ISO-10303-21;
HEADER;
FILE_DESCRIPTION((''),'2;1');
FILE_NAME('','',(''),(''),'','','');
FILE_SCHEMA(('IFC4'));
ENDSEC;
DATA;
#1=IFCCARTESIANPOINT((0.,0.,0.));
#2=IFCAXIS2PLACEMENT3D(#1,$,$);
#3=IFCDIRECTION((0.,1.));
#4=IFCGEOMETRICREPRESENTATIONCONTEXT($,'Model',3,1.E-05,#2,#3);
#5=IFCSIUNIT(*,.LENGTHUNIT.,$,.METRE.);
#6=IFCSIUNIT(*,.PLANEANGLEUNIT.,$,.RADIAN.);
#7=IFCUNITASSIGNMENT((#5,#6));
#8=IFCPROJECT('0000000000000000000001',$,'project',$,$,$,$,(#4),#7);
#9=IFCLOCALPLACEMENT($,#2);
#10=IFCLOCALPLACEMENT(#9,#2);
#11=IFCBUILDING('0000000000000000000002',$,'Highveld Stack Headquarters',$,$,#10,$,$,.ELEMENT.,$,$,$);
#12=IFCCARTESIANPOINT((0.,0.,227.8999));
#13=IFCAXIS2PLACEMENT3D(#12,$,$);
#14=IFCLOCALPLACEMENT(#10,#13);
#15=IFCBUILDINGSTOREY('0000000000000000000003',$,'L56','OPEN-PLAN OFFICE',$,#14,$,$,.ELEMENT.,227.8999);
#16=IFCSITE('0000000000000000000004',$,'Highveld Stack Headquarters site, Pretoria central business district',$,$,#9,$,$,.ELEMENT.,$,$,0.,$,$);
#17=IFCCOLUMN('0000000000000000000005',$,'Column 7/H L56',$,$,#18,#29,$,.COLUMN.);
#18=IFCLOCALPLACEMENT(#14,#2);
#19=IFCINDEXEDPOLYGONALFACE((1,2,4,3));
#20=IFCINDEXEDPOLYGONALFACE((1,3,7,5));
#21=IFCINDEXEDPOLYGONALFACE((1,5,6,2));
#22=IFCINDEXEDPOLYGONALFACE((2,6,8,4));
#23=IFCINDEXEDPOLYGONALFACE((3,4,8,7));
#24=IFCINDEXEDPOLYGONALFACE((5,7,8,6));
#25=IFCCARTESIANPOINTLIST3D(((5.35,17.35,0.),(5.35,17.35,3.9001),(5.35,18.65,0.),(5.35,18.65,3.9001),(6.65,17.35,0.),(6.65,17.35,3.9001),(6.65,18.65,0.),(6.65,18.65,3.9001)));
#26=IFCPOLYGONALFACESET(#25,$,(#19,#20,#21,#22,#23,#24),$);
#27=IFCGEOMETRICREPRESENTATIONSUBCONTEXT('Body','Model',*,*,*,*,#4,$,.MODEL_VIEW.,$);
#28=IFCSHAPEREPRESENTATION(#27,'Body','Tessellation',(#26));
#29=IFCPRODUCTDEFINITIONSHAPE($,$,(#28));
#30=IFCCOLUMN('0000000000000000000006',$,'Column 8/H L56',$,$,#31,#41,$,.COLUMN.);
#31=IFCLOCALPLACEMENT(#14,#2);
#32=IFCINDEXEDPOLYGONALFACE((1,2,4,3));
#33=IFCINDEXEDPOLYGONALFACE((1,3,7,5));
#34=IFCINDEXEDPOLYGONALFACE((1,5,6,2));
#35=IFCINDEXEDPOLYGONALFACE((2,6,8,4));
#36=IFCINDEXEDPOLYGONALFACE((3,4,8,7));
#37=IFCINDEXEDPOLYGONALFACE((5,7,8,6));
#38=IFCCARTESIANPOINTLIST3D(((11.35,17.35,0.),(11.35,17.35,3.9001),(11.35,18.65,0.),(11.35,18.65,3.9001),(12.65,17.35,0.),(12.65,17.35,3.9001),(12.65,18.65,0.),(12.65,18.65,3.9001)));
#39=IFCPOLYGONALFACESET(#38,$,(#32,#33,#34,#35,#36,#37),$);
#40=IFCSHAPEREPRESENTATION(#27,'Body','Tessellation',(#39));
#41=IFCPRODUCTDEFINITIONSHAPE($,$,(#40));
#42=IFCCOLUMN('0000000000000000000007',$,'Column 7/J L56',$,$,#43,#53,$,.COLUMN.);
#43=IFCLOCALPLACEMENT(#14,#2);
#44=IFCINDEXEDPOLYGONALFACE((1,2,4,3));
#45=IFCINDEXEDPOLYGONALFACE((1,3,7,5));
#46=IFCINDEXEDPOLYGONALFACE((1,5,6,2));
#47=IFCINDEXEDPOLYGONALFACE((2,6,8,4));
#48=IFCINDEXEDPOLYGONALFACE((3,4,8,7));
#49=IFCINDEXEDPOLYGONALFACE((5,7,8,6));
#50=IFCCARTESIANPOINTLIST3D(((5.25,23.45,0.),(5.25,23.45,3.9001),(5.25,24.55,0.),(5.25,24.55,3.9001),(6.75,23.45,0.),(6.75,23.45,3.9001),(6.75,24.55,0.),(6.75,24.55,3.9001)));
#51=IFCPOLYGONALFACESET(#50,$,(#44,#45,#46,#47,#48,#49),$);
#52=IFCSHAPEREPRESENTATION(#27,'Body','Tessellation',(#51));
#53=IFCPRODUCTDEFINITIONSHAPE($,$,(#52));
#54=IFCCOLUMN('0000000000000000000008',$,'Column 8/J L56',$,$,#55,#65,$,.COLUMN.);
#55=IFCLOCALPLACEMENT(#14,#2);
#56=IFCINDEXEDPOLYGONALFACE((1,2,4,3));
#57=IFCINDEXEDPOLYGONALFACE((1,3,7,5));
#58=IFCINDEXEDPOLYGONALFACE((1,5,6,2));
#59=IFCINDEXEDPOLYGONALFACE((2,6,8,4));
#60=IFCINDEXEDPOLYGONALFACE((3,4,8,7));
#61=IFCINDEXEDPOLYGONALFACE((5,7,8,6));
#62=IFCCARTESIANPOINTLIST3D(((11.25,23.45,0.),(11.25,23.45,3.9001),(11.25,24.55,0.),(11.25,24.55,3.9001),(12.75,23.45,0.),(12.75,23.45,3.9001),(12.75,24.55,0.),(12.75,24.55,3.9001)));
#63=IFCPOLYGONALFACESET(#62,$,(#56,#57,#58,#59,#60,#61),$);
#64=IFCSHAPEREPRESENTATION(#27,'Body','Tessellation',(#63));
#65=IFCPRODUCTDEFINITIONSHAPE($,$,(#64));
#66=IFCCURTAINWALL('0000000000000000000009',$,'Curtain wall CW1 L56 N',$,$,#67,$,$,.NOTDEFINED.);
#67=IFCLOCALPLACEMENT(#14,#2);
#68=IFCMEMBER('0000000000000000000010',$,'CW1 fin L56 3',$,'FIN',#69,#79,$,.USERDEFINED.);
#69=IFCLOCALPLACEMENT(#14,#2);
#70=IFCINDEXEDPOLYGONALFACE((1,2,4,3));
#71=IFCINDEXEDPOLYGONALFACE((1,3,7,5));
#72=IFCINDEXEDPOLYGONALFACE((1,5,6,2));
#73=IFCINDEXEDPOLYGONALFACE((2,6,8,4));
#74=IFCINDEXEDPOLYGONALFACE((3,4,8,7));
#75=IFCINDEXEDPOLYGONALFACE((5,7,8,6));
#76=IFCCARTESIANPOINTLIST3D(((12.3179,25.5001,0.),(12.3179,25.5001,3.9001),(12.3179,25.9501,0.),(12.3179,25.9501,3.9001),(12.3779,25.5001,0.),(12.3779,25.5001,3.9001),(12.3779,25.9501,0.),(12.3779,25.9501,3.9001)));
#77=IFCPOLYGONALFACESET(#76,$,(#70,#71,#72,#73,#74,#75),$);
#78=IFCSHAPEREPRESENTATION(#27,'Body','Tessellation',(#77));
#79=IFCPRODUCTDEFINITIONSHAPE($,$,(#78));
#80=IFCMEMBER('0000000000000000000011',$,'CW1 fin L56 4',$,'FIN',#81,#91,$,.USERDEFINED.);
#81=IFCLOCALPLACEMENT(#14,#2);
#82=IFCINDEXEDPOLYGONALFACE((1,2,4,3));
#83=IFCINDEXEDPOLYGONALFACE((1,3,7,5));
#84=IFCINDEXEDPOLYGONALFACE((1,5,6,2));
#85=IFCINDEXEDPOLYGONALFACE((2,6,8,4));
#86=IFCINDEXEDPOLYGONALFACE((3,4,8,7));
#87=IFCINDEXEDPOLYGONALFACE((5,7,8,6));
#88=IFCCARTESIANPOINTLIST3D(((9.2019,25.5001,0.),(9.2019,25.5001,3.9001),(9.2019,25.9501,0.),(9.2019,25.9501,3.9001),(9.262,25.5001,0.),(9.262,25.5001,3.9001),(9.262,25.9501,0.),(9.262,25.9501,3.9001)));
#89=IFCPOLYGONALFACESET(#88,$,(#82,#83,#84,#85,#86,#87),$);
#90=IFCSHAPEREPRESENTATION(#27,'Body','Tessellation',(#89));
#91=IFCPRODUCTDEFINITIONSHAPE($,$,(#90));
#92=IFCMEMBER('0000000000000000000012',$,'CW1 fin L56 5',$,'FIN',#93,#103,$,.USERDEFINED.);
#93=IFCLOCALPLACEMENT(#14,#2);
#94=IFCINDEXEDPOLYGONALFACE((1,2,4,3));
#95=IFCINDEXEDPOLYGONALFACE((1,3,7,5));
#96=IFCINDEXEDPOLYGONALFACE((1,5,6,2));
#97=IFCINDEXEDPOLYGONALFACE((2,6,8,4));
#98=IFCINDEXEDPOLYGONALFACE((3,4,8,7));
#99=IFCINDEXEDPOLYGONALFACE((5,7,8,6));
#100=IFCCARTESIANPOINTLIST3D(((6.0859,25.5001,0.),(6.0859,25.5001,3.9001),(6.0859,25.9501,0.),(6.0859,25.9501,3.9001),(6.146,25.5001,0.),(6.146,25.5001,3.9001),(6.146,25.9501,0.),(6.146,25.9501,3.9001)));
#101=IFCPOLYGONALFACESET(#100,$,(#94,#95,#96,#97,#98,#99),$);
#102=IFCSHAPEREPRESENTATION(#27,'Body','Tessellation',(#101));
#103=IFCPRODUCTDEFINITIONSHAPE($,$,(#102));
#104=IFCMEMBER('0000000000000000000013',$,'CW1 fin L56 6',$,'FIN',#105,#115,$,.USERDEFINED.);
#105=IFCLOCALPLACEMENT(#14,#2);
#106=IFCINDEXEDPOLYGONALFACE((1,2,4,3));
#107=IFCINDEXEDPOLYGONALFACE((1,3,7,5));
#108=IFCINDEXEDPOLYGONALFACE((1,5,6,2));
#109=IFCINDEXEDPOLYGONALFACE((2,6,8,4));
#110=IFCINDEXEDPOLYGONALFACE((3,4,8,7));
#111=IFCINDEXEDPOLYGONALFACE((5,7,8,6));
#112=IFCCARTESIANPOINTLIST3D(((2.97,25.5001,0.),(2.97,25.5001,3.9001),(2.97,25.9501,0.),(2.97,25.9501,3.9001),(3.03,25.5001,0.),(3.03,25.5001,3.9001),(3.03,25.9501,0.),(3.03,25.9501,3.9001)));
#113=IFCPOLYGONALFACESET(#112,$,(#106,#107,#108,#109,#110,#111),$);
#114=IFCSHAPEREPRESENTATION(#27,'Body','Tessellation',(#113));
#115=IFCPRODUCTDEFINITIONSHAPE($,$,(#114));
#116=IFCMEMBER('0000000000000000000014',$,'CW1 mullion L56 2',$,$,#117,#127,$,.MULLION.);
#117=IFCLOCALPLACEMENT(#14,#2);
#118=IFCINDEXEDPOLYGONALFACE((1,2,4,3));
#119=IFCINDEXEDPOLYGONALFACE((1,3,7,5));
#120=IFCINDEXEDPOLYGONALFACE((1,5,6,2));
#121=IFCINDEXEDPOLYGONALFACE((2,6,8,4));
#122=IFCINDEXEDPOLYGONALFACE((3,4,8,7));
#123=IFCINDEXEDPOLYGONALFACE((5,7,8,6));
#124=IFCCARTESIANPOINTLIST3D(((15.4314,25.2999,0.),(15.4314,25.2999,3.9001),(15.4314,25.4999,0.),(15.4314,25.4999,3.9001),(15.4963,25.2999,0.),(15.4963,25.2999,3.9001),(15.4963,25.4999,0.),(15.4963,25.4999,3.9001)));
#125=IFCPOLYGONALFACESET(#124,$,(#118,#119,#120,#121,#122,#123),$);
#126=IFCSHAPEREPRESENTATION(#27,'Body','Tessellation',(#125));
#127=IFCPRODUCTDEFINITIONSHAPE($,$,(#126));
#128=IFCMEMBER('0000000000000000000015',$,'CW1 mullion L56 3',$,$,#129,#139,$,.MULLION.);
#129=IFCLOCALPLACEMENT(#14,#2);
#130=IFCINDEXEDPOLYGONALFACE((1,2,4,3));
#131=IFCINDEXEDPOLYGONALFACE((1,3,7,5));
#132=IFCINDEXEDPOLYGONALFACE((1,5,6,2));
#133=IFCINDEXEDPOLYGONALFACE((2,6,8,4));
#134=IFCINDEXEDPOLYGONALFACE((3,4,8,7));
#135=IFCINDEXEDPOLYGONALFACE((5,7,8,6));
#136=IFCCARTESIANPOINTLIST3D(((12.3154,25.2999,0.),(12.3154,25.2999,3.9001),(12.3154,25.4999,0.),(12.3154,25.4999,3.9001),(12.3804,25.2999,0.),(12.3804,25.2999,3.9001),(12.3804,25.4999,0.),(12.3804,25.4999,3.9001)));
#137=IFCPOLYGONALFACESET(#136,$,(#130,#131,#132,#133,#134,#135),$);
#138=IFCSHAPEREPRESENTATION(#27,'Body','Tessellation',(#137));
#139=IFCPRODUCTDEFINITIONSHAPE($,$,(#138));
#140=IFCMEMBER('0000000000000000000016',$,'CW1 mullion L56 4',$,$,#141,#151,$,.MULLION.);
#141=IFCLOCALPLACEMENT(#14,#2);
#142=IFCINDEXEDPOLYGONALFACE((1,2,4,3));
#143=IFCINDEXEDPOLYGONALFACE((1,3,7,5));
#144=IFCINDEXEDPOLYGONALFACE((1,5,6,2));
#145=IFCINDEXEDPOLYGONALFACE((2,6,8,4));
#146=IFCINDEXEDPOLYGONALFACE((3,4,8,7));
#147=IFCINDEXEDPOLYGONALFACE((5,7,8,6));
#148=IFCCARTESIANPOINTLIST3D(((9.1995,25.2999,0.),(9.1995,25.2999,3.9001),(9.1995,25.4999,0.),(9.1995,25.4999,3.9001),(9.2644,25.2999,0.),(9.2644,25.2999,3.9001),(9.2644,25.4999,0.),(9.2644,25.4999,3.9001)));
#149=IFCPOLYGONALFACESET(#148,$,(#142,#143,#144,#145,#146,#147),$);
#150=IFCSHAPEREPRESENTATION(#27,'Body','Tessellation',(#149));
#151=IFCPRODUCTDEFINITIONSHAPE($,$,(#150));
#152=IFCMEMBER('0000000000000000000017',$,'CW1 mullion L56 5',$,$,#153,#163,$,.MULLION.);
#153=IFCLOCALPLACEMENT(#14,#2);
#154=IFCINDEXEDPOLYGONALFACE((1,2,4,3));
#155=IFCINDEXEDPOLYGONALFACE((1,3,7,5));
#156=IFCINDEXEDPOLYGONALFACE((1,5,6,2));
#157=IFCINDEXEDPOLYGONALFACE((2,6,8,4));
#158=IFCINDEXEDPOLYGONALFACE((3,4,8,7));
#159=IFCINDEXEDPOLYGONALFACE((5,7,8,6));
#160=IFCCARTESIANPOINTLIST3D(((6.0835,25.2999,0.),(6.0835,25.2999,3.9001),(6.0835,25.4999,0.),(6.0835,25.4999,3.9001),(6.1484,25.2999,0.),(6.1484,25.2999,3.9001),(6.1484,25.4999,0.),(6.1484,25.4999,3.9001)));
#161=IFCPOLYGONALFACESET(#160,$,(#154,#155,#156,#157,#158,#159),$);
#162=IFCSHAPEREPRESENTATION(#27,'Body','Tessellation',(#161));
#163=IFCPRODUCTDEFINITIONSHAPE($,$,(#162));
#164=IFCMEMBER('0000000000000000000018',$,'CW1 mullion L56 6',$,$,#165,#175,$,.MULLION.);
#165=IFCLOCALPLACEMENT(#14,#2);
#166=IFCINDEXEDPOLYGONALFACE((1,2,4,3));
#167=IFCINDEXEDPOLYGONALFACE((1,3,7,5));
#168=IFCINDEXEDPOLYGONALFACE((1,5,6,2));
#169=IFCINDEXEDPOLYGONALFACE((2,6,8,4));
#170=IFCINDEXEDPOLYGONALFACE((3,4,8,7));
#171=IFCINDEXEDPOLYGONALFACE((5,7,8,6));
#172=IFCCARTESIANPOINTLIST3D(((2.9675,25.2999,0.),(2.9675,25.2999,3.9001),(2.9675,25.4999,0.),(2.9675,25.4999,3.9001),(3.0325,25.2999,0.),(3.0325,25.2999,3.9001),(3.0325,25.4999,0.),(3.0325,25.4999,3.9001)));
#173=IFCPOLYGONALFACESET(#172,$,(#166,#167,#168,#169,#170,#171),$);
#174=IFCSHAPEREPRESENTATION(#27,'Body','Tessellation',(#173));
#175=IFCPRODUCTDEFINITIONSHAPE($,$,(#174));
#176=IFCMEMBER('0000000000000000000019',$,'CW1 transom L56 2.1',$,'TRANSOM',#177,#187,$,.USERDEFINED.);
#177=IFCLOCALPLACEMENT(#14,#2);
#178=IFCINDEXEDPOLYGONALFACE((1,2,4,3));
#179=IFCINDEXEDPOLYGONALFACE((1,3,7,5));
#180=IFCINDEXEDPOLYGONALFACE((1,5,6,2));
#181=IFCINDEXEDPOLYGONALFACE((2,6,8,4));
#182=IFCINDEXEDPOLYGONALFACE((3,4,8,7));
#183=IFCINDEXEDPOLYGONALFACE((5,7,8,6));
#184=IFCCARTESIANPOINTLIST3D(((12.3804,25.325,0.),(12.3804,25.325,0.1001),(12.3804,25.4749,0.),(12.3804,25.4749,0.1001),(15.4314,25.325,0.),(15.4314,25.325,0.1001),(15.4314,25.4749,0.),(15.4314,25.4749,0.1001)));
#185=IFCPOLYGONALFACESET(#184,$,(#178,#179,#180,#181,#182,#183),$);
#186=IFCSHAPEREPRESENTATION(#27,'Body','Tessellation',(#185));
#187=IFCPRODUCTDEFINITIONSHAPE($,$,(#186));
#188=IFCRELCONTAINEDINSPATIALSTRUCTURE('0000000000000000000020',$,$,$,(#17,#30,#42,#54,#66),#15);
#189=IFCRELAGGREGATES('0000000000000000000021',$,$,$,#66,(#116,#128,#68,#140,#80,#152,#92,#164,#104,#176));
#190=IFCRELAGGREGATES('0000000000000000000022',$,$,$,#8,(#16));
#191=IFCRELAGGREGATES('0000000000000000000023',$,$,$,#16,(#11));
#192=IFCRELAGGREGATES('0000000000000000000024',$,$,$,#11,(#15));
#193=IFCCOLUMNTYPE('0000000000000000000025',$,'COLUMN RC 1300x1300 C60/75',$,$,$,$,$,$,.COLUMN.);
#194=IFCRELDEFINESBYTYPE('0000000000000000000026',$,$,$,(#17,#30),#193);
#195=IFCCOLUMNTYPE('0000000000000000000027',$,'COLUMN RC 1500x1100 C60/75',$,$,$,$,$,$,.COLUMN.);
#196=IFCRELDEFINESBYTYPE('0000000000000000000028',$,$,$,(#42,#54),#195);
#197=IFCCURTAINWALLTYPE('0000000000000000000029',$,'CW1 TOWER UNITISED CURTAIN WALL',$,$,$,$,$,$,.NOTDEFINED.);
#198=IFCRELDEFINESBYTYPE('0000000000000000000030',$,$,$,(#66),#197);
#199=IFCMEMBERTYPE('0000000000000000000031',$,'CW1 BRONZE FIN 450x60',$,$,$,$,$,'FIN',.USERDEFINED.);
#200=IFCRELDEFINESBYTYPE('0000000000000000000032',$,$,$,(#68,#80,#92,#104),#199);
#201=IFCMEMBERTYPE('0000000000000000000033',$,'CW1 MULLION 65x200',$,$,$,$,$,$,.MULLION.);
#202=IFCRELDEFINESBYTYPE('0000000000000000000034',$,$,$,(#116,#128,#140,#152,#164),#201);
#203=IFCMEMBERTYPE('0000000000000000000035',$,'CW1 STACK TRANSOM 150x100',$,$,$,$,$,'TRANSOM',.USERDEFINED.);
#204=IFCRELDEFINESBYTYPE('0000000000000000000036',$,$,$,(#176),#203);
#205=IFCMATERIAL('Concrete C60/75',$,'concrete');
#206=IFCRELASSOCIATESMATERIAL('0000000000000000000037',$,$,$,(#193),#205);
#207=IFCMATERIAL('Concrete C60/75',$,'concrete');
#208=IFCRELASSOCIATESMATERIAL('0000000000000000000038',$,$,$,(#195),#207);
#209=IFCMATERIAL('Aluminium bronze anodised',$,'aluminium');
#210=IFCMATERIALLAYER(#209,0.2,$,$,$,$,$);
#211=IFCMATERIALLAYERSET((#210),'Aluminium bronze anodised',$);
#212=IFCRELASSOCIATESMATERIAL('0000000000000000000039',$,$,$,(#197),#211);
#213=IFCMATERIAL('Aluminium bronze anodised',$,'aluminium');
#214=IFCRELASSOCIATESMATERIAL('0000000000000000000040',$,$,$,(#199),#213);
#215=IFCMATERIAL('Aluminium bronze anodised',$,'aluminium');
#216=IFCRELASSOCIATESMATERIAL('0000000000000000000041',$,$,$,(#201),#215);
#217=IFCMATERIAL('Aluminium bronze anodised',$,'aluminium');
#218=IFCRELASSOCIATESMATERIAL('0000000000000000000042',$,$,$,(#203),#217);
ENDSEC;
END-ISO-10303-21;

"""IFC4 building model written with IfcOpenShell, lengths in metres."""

from ifc_helpers import new_model, si_unit, direction, frame, origin, origin_2d, place, context, subcontext, project, spatial, rectangle, extrude, material, layer, layer_set, material_profile, profile_set, type_object, element, aggregate, save


model = new_model("IFC4")

# Units and contexts
model_context = context("Model", 3, precision=1e-05, world=origin(), true_north=direction((0.0, 1.0)))
body_context = subcontext(model_context, "Body", "Model", "MODEL_VIEW")
ifc_project = project(units=[si_unit("LENGTHUNIT", "METRE"), si_unit("PLANEANGLEUNIT", "RADIAN")], contexts=[model_context])

# Site, building, storey
site_placement = place(None, origin())
site = spatial("IfcSite", under=ifc_project, at=site_placement, Name="Highveld Stack Headquarters site, Pretoria central business district", CompositionType="ELEMENT", RefElevation=0.0)
building_placement = place(site_placement, origin())
building = spatial("IfcBuilding", under=site, at=building_placement, Name="Highveld Stack Headquarters", CompositionType="ELEMENT")
storey_placement = place(building_placement, frame((0.0, 0.0, 227.8999)))
storey = spatial("IfcBuildingStorey", under=building, at=storey_placement, Name="L56", Description="OPEN-PLAN OFFICE", CompositionType="ELEMENT", Elevation=227.8999)

# Columns
ifc_material_1 = material(Name="Concrete C60/75", Category="concrete")
ifc_material_profile_1 = material_profile(ifc_material_1, rectangle(XDim=1.3, YDim=1.3, at=origin_2d()), Name="RC 1300x1300")
ifc_profile_set_1 = profile_set([ifc_material_profile_1], Name="Concrete C60/75")
column_type_1 = type_object("IfcColumnType", Name="COLUMN RC 1300x1300 C60/75", PredefinedType="COLUMN", material=ifc_profile_set_1)
for number, where, z_axis, x_axis, name in (
    (1, (6.0, 18.0, 0.0), (0.0, 0.0, 1.0), (1.0, 0.0, 0.0), "Column 7/H L56"),
    (2, (12.0, 18.0, 0.0), (0.0, 0.0, 1.0), (1.0, 0.0, 0.0), "Column 8/H L56"),
):
    element("IfcColumn", number, at=place(storey_placement, frame(where, z_axis=z_axis, x_axis=x_axis)), inside=storey, type_object=column_type_1, Name=name, PredefinedType="COLUMN", context=body_context, shape_type="SweptSolid", body=[
        extrude(rectangle(XDim=1.3, YDim=1.3, at=origin_2d()), origin(), (0.0, 0.0, 1.0), 3.9001),
    ])
ifc_material_2 = material(Name="Concrete C60/75", Category="concrete")
ifc_material_profile_2 = material_profile(ifc_material_2, rectangle(XDim=1.5, YDim=1.1001, at=origin_2d()), Name="RC 1500x1100")
ifc_profile_set_2 = profile_set([ifc_material_profile_2], Name="Concrete C60/75")
column_type_2 = type_object("IfcColumnType", Name="COLUMN RC 1500x1100 C60/75", PredefinedType="COLUMN", material=ifc_profile_set_2)
for number, where, z_axis, x_axis, name in (
    (3, (6.0, 24.0, 0.0), (0.0, 0.0, 1.0), (1.0, 0.0, 0.0), "Column 7/J L56"),
    (4, (12.0, 24.0, 0.0), (0.0, 0.0, 1.0), (1.0, 0.0, 0.0), "Column 8/J L56"),
):
    element("IfcColumn", number, at=place(storey_placement, frame(where, z_axis=z_axis, x_axis=x_axis)), inside=storey, type_object=column_type_2, Name=name, PredefinedType="COLUMN", context=body_context, shape_type="SweptSolid", body=[
        extrude(rectangle(XDim=1.5, YDim=1.1001, at=origin_2d()), origin(), (0.0, 0.0, 1.0), 3.9001),
    ])

# Curtain wall, members
ifc_material_3 = material(Name="Aluminium bronze anodised", Category="aluminium")
ifc_layer_1 = layer(ifc_material_3, 0.2)
ifc_layer_set_1 = layer_set([ifc_layer_1], Name="Aluminium bronze anodised")
curtain_wall_type = type_object("IfcCurtainWallType", Name="CW1 TOWER UNITISED CURTAIN WALL", PredefinedType="NOTDEFINED", material=ifc_layer_set_1)
curtain_wall_placement = place(storey_placement, origin())
curtain_wall = element("IfcCurtainWall", 5, at=curtain_wall_placement, inside=storey, type_object=curtain_wall_type, Name="Curtain wall CW1 L56 N", PredefinedType="NOTDEFINED")
ifc_material_4 = material(Name="Aluminium bronze anodised", Category="aluminium")
ifc_material_profile_3 = material_profile(ifc_material_4, rectangle(XDim=0.45, YDim=0.0601, at=origin_2d()), Name="FIN 450x60")
ifc_profile_set_3 = profile_set([ifc_material_profile_3], Name="Aluminium bronze anodised")
member_type_1 = type_object("IfcMemberType", Name="CW1 BRONZE FIN 450x60", ElementType="FIN", PredefinedType="USERDEFINED", material=ifc_profile_set_3)
member_1_placement = place(storey_placement, frame((12.3479, 25.7251, 0.0), z_axis=(0.0, 0.0, 1.0), x_axis=(0.0, -1.0, 0.0)))
member_1 = element("IfcMember", 6, at=member_1_placement, type_object=member_type_1, Name="CW1 fin L56 3", ObjectType="FIN", PredefinedType="USERDEFINED", context=body_context, shape_type="SweptSolid", body=[
    extrude(rectangle(XDim=0.45, YDim=0.0601, at=origin_2d()), origin(), (0.0, 0.0, 1.0), 3.9001),
])
member_2_placement = place(storey_placement, frame((9.2319, 25.7251, 0.0), z_axis=(0.0, 0.0, 1.0), x_axis=(0.0, -1.0, 0.0)))
member_2 = element("IfcMember", 7, at=member_2_placement, type_object=member_type_1, Name="CW1 fin L56 4", ObjectType="FIN", PredefinedType="USERDEFINED", context=body_context, shape_type="SweptSolid", body=[
    extrude(rectangle(XDim=0.45, YDim=0.0601, at=origin_2d()), origin(), (0.0, 0.0, 1.0), 3.9001),
])
member_3_placement = place(storey_placement, frame((6.116, 25.7251, 0.0), z_axis=(0.0, 0.0, 1.0), x_axis=(0.0, -1.0, 0.0)))
member_3 = element("IfcMember", 8, at=member_3_placement, type_object=member_type_1, Name="CW1 fin L56 5", ObjectType="FIN", PredefinedType="USERDEFINED", context=body_context, shape_type="SweptSolid", body=[
    extrude(rectangle(XDim=0.45, YDim=0.0601, at=origin_2d()), origin(), (0.0, 0.0, 1.0), 3.9001),
])
member_4_placement = place(storey_placement, frame((3.0, 25.7251, 0.0), z_axis=(0.0, 0.0, 1.0), x_axis=(0.0, -1.0, 0.0)))
member_4 = element("IfcMember", 9, at=member_4_placement, type_object=member_type_1, Name="CW1 fin L56 6", ObjectType="FIN", PredefinedType="USERDEFINED", context=body_context, shape_type="SweptSolid", body=[
    extrude(rectangle(XDim=0.45, YDim=0.0601, at=origin_2d()), origin(), (0.0, 0.0, 1.0), 3.9001),
])
ifc_material_5 = material(Name="Aluminium bronze anodised", Category="aluminium")
ifc_material_profile_4 = material_profile(ifc_material_5, rectangle(XDim=0.2, YDim=0.0649, at=origin_2d()), Name="CW1 MULLION 65x200")
ifc_profile_set_4 = profile_set([ifc_material_profile_4], Name="Aluminium bronze anodised")
member_type_2 = type_object("IfcMemberType", Name="CW1 MULLION 65x200", PredefinedType="MULLION", material=ifc_profile_set_4)
member_5_placement = place(storey_placement, frame((15.4639, 25.3999, 0.0), z_axis=(0.0, 0.0, 1.0), x_axis=(0.0, -1.0, 0.0)))
member_5 = element("IfcMember", 10, at=member_5_placement, type_object=member_type_2, Name="CW1 mullion L56 2", PredefinedType="MULLION", context=body_context, shape_type="SweptSolid", body=[
    extrude(rectangle(XDim=0.2, YDim=0.0649, at=origin_2d()), origin(), (0.0, 0.0, 1.0), 3.9001),
])
member_6_placement = place(storey_placement, frame((12.3479, 25.3999, 0.0), z_axis=(0.0, 0.0, 1.0), x_axis=(0.0, -1.0, 0.0)))
member_6 = element("IfcMember", 11, at=member_6_placement, type_object=member_type_2, Name="CW1 mullion L56 3", PredefinedType="MULLION", context=body_context, shape_type="SweptSolid", body=[
    extrude(rectangle(XDim=0.2, YDim=0.0649, at=origin_2d()), origin(), (0.0, 0.0, 1.0), 3.9001),
])
member_7_placement = place(storey_placement, frame((9.2319, 25.3999, 0.0), z_axis=(0.0, 0.0, 1.0), x_axis=(0.0, -1.0, 0.0)))
member_7 = element("IfcMember", 12, at=member_7_placement, type_object=member_type_2, Name="CW1 mullion L56 4", PredefinedType="MULLION", context=body_context, shape_type="SweptSolid", body=[
    extrude(rectangle(XDim=0.2, YDim=0.0649, at=origin_2d()), origin(), (0.0, 0.0, 1.0), 3.9001),
])
member_8_placement = place(storey_placement, frame((6.116, 25.3999, 0.0), z_axis=(0.0, 0.0, 1.0), x_axis=(0.0, -1.0, 0.0)))
member_8 = element("IfcMember", 13, at=member_8_placement, type_object=member_type_2, Name="CW1 mullion L56 5", PredefinedType="MULLION", context=body_context, shape_type="SweptSolid", body=[
    extrude(rectangle(XDim=0.2, YDim=0.0649, at=origin_2d()), origin(), (0.0, 0.0, 1.0), 3.9001),
])
member_9_placement = place(storey_placement, frame((3.0, 25.3999, 0.0), z_axis=(0.0, 0.0, 1.0), x_axis=(0.0, -1.0, 0.0)))
member_9 = element("IfcMember", 14, at=member_9_placement, type_object=member_type_2, Name="CW1 mullion L56 6", PredefinedType="MULLION", context=body_context, shape_type="SweptSolid", body=[
    extrude(rectangle(XDim=0.2, YDim=0.0649, at=origin_2d()), origin(), (0.0, 0.0, 1.0), 3.9001),
])
ifc_material_6 = material(Name="Aluminium bronze anodised", Category="aluminium")
ifc_material_profile_5 = material_profile(ifc_material_6, rectangle(XDim=0.1499, YDim=0.1001, at=origin_2d()), Name="CW1 TRANSOM 150x100")
ifc_profile_set_5 = profile_set([ifc_material_profile_5], Name="Aluminium bronze anodised")
member_type_3 = type_object("IfcMemberType", Name="CW1 STACK TRANSOM 150x100", ElementType="TRANSOM", PredefinedType="USERDEFINED", material=ifc_profile_set_5)
member_10_placement = place(storey_placement, frame((15.4314, 25.3999, 0.05), z_axis=(-1.0, 0.0, 0.0), x_axis=(0.0, -1.0, 0.0)))
member_10 = element("IfcMember", 15, at=member_10_placement, type_object=member_type_3, Name="CW1 transom L56 2.1", ObjectType="TRANSOM", PredefinedType="USERDEFINED", context=body_context, shape_type="SweptSolid", body=[
    extrude(rectangle(XDim=0.1499, YDim=0.1001, at=origin_2d()), origin(), (0.0, 0.0, 1.0), 3.051),
])
aggregate(curtain_wall, [member_5, member_6, member_1, member_7, member_2, member_8, member_3, member_9, member_4, member_10])

save(model, "model.ifc")
